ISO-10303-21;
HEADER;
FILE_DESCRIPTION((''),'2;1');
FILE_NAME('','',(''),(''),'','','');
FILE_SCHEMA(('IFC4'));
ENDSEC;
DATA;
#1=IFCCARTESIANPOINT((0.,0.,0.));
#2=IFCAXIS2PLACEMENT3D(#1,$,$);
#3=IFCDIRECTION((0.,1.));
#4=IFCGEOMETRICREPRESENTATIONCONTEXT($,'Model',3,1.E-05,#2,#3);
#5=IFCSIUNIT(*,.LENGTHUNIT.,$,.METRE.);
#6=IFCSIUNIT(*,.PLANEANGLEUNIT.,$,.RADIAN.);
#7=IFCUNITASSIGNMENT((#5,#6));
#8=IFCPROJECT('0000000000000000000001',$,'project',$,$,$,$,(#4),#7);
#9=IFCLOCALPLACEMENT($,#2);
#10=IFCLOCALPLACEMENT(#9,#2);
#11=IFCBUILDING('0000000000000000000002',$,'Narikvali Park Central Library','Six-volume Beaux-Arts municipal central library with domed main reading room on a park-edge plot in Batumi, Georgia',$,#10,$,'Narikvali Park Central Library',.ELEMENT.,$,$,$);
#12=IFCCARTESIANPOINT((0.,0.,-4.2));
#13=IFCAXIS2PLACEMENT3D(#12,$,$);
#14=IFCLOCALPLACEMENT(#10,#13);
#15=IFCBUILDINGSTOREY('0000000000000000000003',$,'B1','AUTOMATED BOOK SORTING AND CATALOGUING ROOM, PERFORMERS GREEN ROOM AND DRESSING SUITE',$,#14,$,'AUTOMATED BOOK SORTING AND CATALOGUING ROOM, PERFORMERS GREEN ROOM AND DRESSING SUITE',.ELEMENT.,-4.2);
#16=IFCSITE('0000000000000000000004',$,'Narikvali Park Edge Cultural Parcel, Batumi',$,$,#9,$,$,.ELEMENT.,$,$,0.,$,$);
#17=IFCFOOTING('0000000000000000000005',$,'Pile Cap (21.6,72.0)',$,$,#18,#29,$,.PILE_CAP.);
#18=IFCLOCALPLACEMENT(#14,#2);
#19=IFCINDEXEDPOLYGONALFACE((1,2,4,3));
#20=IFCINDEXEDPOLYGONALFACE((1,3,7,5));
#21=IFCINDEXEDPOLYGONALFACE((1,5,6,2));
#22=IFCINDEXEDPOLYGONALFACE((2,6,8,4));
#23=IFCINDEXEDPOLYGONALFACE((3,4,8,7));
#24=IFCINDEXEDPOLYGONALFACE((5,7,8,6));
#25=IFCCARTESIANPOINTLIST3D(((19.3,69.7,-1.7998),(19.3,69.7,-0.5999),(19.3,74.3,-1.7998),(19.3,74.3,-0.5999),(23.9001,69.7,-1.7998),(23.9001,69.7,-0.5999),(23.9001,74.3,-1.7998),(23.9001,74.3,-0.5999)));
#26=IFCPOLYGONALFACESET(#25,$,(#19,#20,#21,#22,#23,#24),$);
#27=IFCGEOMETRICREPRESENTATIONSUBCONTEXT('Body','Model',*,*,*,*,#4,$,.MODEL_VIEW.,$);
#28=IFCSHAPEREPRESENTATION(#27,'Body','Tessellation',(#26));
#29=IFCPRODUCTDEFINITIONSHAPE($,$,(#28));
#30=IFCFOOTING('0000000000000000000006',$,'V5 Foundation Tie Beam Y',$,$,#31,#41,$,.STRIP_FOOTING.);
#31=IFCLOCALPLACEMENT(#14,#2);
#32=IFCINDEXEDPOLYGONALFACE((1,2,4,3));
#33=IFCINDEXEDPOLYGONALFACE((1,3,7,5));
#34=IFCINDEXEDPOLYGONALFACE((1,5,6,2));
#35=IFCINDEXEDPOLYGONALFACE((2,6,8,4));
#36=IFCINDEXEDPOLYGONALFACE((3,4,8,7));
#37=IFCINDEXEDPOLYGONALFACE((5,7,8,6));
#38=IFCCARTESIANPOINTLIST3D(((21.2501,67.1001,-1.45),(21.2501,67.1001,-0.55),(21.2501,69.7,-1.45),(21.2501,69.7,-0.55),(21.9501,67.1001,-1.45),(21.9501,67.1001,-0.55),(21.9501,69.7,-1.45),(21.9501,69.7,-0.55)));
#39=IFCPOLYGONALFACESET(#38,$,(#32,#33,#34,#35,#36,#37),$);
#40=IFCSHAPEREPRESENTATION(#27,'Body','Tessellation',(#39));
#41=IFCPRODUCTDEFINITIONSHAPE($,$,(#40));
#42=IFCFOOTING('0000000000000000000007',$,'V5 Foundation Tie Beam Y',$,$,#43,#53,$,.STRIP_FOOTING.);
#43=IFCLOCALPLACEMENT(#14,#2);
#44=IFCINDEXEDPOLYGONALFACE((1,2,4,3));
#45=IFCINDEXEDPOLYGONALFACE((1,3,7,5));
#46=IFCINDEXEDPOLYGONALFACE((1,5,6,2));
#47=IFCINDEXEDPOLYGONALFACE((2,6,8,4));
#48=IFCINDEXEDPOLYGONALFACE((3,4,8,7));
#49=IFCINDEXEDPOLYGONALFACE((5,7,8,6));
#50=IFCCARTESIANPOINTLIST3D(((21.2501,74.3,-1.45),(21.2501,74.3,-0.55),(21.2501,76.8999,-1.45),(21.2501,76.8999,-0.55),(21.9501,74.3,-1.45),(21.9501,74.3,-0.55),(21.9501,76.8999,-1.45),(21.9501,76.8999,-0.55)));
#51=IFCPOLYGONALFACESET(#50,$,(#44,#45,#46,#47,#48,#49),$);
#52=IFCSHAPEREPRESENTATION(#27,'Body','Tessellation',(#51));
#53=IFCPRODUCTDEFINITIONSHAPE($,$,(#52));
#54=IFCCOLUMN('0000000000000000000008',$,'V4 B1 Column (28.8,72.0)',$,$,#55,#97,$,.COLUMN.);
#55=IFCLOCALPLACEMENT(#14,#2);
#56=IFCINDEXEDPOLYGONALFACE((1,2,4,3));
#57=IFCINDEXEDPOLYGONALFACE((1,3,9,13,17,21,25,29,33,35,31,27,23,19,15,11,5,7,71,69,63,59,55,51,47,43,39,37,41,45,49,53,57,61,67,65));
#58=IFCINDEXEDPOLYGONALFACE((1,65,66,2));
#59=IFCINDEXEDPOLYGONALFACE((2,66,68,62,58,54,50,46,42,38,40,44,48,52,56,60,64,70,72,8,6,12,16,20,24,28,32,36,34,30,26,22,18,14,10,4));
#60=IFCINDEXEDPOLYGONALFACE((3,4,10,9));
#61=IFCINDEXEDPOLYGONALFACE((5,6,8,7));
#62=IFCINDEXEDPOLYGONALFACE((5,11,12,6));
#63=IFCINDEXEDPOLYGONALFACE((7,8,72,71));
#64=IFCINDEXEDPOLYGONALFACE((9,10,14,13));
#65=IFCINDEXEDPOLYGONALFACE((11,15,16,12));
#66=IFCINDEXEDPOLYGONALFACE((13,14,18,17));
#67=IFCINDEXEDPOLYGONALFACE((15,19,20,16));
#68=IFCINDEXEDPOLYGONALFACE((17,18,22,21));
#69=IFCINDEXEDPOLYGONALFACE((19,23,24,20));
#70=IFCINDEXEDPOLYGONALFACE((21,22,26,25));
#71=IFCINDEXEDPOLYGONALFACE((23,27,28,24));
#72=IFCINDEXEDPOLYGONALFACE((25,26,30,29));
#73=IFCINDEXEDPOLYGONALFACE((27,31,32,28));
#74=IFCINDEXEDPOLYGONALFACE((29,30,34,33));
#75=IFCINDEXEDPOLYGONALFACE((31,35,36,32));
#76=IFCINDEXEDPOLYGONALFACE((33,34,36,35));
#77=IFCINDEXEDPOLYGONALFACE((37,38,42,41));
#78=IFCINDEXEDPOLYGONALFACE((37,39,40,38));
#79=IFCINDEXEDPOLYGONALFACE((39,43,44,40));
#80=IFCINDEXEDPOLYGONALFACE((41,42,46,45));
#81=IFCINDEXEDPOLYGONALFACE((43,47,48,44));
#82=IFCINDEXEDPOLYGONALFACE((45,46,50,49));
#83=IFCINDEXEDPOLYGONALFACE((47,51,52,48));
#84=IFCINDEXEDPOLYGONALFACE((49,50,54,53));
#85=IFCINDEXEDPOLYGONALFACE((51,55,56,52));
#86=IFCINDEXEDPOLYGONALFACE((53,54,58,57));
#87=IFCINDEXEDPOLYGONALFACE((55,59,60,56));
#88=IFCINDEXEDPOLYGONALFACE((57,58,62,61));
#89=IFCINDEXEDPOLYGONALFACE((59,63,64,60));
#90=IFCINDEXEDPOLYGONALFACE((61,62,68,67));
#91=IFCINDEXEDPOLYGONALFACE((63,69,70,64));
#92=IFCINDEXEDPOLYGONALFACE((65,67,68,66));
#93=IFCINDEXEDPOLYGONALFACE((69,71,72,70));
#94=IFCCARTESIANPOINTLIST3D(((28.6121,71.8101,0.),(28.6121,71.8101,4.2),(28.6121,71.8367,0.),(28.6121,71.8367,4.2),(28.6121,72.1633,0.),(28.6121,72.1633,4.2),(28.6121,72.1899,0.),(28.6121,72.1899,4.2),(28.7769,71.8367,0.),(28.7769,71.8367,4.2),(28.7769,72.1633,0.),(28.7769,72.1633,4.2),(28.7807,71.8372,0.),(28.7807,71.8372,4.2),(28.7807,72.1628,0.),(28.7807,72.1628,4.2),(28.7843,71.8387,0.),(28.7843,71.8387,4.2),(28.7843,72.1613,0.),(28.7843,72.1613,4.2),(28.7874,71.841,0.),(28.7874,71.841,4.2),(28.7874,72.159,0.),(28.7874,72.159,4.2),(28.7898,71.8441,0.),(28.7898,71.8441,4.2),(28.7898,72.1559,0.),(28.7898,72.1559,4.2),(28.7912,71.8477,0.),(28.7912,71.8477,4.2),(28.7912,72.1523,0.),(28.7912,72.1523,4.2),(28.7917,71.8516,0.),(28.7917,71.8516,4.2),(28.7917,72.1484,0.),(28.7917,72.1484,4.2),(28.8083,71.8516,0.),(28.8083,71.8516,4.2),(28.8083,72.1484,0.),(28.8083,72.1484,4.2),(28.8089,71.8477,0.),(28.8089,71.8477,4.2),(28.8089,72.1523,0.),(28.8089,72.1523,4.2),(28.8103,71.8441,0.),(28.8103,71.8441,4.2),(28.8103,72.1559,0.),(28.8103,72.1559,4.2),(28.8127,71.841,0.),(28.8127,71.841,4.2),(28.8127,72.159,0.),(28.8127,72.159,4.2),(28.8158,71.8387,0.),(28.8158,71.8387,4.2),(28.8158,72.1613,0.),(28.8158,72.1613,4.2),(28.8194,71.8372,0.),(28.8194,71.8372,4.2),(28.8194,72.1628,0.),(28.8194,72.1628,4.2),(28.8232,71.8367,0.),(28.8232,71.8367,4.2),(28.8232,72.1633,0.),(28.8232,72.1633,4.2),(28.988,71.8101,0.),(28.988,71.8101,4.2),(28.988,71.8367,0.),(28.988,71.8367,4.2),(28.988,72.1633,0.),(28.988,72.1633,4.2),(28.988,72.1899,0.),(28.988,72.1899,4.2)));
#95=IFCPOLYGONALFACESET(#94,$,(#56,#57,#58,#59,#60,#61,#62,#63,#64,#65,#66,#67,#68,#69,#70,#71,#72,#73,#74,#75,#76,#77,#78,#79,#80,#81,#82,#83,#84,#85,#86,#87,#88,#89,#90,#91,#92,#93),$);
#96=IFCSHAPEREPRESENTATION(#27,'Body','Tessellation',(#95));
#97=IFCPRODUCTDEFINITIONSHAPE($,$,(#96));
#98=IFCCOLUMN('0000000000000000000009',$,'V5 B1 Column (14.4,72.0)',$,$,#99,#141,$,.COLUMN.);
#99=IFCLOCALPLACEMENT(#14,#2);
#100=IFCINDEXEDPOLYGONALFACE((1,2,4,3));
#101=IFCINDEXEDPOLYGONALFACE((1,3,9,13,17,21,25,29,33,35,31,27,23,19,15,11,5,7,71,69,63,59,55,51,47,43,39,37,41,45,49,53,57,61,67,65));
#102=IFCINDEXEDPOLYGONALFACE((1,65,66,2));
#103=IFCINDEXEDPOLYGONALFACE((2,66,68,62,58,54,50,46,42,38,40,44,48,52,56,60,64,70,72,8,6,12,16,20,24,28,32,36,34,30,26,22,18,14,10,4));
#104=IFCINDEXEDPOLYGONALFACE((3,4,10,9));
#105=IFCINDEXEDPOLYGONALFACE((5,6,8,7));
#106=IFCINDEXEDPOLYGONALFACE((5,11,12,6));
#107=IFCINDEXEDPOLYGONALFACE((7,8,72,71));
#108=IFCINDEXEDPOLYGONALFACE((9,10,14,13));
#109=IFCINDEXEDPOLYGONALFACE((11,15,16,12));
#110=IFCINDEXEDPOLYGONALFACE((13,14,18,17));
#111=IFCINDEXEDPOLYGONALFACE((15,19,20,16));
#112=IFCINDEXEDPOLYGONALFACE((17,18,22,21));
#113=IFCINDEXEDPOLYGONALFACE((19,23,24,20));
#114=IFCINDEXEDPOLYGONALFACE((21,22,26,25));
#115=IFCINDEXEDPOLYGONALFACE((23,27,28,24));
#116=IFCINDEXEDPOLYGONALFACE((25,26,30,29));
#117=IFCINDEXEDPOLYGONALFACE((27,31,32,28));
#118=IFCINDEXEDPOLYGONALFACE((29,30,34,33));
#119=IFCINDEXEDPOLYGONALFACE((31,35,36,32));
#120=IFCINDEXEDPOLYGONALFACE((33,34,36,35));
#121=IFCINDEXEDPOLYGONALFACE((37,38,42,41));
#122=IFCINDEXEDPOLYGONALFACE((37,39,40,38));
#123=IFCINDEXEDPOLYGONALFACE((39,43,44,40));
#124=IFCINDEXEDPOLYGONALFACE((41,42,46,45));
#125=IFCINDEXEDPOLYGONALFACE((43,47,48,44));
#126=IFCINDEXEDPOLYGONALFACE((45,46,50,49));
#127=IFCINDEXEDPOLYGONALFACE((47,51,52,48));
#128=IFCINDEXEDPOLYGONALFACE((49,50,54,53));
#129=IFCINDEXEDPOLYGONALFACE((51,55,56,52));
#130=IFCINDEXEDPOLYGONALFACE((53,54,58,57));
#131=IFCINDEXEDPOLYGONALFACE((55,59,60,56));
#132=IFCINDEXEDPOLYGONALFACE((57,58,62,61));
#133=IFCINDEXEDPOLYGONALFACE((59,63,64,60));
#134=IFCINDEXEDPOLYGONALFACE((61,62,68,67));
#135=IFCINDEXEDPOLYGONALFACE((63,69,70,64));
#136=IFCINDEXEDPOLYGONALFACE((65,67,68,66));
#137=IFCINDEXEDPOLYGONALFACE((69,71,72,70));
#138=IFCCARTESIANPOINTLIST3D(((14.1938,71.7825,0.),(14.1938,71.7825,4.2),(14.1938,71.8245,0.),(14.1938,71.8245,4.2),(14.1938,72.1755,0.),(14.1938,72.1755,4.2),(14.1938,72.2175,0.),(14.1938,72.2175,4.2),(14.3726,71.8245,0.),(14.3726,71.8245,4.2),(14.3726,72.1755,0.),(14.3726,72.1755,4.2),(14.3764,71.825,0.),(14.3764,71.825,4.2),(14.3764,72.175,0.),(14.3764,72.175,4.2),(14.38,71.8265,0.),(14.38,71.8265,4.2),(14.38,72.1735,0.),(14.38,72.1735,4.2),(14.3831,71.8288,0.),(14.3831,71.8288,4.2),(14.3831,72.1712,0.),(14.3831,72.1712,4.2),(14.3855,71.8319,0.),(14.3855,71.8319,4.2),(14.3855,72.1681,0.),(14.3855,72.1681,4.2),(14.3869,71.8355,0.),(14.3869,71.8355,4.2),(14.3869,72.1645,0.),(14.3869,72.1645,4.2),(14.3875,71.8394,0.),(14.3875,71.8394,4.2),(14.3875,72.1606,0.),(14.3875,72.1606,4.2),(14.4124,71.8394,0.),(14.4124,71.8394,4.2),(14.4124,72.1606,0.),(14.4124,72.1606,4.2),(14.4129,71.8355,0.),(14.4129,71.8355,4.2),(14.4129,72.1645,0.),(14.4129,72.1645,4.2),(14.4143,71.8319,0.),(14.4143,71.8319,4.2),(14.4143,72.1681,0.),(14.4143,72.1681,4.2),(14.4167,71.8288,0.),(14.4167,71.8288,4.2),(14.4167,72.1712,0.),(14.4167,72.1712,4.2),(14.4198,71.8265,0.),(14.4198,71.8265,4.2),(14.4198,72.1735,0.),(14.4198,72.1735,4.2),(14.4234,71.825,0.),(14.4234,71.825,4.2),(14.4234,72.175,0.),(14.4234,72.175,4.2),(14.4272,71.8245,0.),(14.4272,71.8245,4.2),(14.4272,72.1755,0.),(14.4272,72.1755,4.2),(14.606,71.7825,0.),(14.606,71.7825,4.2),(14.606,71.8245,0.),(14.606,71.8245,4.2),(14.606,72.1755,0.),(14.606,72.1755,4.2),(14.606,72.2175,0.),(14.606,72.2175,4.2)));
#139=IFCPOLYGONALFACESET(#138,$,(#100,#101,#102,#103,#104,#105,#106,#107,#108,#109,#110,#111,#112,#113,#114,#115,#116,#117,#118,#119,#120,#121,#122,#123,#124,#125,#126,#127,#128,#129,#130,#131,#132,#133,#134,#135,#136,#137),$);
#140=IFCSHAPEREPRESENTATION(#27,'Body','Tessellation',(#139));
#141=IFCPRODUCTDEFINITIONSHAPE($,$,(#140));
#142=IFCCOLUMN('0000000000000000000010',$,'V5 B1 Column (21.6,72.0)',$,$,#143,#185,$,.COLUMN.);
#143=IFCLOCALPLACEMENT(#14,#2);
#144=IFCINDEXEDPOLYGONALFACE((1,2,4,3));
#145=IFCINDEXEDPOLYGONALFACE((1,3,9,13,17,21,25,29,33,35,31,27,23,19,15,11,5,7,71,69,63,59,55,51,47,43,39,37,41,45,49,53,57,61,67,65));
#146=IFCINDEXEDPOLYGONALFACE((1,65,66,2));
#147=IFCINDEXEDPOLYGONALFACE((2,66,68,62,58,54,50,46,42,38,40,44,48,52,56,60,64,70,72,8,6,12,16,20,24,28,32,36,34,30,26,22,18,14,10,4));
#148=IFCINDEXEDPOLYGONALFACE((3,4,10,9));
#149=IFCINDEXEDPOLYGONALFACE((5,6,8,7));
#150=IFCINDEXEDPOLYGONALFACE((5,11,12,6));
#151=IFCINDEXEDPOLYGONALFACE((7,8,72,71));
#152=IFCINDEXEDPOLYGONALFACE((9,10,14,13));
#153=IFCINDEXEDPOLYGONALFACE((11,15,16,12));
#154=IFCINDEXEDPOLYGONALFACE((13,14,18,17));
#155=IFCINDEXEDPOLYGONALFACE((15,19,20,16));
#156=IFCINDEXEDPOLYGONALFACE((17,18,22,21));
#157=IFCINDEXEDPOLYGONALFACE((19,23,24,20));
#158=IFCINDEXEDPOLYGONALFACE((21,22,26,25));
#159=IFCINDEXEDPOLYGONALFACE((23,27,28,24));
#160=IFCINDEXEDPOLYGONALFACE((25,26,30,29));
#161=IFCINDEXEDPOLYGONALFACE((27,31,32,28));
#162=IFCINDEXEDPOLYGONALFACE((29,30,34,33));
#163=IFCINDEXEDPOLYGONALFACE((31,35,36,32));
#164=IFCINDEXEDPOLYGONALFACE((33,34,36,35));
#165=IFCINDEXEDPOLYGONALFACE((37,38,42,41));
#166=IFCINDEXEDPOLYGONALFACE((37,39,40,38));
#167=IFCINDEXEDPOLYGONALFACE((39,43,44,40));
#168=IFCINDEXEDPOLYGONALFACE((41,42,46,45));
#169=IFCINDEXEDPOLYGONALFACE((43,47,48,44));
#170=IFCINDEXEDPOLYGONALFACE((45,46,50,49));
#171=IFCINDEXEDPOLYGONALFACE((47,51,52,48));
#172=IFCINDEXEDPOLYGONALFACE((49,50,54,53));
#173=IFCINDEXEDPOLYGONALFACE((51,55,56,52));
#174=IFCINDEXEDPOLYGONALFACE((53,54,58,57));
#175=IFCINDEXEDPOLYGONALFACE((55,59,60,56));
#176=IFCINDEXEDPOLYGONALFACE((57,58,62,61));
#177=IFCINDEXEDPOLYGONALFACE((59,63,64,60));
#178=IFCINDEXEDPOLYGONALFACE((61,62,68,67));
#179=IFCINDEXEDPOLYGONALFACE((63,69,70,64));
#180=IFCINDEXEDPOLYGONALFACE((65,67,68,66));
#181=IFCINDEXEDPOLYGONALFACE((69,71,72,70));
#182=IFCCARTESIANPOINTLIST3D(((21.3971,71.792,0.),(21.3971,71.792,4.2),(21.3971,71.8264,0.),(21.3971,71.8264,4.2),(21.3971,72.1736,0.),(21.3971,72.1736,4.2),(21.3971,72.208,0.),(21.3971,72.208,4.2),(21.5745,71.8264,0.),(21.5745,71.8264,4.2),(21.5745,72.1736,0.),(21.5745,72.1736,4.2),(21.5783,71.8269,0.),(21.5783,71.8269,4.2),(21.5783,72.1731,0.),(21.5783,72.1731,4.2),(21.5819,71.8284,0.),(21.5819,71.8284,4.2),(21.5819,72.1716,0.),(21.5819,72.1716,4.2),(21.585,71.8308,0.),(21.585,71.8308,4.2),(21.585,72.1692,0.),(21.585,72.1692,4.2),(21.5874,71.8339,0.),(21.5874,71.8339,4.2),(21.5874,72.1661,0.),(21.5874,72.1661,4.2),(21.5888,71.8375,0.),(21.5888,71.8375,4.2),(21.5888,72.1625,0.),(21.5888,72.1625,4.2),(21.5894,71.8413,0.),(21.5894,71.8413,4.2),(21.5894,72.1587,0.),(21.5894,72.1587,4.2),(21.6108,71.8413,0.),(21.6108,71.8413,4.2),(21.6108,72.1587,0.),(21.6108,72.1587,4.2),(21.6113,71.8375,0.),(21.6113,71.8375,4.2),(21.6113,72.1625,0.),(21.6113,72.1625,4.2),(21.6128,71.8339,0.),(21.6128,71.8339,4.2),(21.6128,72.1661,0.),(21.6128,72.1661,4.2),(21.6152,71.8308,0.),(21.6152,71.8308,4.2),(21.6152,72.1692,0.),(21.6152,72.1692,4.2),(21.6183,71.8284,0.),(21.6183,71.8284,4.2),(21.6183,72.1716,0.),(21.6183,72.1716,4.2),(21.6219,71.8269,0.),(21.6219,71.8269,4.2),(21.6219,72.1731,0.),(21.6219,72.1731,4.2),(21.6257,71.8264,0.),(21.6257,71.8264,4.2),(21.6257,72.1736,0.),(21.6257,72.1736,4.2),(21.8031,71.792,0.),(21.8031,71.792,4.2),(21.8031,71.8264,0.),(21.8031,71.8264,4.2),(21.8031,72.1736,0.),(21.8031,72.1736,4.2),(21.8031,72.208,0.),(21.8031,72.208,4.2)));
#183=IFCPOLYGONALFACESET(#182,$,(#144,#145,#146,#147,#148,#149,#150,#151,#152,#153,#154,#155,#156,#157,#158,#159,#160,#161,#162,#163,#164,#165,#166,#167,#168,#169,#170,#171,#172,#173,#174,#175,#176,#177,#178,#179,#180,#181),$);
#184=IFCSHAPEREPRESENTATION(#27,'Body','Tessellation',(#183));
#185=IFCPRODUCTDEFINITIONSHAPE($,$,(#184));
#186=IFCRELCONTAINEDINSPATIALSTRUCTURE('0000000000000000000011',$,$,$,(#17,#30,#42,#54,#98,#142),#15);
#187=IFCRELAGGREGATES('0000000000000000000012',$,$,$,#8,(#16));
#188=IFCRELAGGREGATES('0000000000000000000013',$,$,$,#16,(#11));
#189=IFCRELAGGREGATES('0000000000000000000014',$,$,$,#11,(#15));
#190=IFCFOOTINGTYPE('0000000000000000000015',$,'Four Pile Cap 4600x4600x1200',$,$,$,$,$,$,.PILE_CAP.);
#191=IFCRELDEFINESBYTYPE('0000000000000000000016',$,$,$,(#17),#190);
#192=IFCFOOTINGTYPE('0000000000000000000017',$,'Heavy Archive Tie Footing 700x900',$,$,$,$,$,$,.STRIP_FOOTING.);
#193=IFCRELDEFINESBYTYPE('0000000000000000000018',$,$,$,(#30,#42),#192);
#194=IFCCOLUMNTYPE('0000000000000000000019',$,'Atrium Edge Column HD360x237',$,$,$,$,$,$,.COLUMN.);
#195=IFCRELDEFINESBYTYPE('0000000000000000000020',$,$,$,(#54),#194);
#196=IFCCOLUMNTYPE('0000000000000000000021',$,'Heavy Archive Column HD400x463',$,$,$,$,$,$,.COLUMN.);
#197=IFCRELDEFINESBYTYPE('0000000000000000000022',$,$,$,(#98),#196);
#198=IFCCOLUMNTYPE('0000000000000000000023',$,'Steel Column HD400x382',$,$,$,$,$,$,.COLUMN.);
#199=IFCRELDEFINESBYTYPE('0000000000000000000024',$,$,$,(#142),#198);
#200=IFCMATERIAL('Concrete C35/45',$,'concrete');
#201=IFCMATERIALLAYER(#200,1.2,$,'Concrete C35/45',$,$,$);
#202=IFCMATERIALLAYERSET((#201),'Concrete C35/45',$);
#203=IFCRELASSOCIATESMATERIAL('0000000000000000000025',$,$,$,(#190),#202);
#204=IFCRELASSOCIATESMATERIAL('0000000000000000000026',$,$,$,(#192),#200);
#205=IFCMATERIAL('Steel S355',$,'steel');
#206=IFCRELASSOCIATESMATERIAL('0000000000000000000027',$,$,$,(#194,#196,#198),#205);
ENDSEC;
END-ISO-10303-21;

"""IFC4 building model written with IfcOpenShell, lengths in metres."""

from ifc_helpers import new_model, si_unit, direction, frame, origin, origin_2d, place, context, subcontext, project, spatial, rectangle, i_section, extrude, material, layer, layer_set, material_profile, profile_set, type_object, element, save


model = new_model("IFC4")

# Units and contexts
model_context = context("Model", 3, precision=1e-05, world=origin(), true_north=direction((0.0, 1.0)))
body_context = subcontext(model_context, "Body", "Model", "MODEL_VIEW")
ifc_project = project(units=[si_unit("LENGTHUNIT", "METRE"), si_unit("PLANEANGLEUNIT", "RADIAN")], contexts=[model_context])

# Site, building, storey
site_placement = place(None, origin())
site = spatial("IfcSite", under=ifc_project, at=site_placement, Name="Narikvali Park Edge Cultural Parcel, Batumi", CompositionType="ELEMENT", RefElevation=0.0)
building_placement = place(site_placement, origin())
building = spatial("IfcBuilding", under=site, at=building_placement, Name="Narikvali Park Central Library", Description="Six-volume Beaux-Arts municipal central library with domed main reading room on a park-edge plot in Batumi, Georgia", LongName="Narikvali Park Central Library", CompositionType="ELEMENT")
storey_placement = place(building_placement, frame((0.0, 0.0, -4.2)))
storey = spatial("IfcBuildingStorey", under=building, at=storey_placement, Name="B1", Description="AUTOMATED BOOK SORTING AND CATALOGUING ROOM, PERFORMERS GREEN ROOM AND DRESSING SUITE", LongName="AUTOMATED BOOK SORTING AND CATALOGUING ROOM, PERFORMERS GREEN ROOM AND DRESSING SUITE", CompositionType="ELEMENT", Elevation=-4.2)

# Shared definitions
ifc_material_1 = material(Name="Concrete C35/45", Category="concrete")

# Footings
ifc_layer_1 = layer(ifc_material_1, 1.2, Name="Concrete C35/45")
ifc_layer_set_1 = layer_set([ifc_layer_1], Name="Concrete C35/45")
footing_type_1 = type_object("IfcFootingType", Name="Four Pile Cap 4600x4600x1200", PredefinedType="PILE_CAP", material=ifc_layer_set_1)
for number, where, z_axis, x_axis, name in (
    (1, (21.6001, 72.0, -1.7998), (0.0, 0.0, 1.0), (1.0, 0.0, 0.0), "Pile Cap (21.6,72.0)"),
):
    element("IfcFooting", number, at=place(storey_placement, frame(where, z_axis=z_axis, x_axis=x_axis)), inside=storey, type_object=footing_type_1, Name=name, PredefinedType="PILE_CAP", context=body_context, shape_type="SweptSolid", body=[
        extrude(rectangle(XDim=4.6001, YDim=4.6001, at=origin_2d()), origin(), (0.0, 0.0, 1.0), 1.2),
    ])
ifc_material_profile_1 = material_profile(ifc_material_1, rectangle(XDim=0.7, YDim=0.8999, at=origin_2d()), Name="RC GB 700x900")
ifc_profile_set_1 = profile_set([ifc_material_profile_1], Name="Concrete C35/45")
footing_type_2 = type_object("IfcFootingType", Name="Heavy Archive Tie Footing 700x900", PredefinedType="STRIP_FOOTING", material=ifc_profile_set_1)
for number, where, z_axis, x_axis, name in (
    (2, (21.6001, 67.1001, -1.0), (0.0, 1.0, 0.0), (-1.0, 0.0, 0.0), "V5 Foundation Tie Beam Y"),
    (3, (21.6001, 74.3, -1.0), (0.0, 1.0, 0.0), (-1.0, 0.0, 0.0), "V5 Foundation Tie Beam Y"),
):
    element("IfcFooting", number, at=place(storey_placement, frame(where, z_axis=z_axis, x_axis=x_axis)), inside=storey, type_object=footing_type_2, Name=name, PredefinedType="STRIP_FOOTING", context=body_context, shape_type="SweptSolid", body=[
        extrude(rectangle(XDim=0.7, YDim=0.8999, at=origin_2d()), origin(), (0.0, 0.0, 1.0), 2.5999),
    ])

# Columns
ifc_material_2 = material(Name="Steel S355", Category="steel")
ifc_material_profile_2 = material_profile(ifc_material_2, i_section(OverallWidth=0.376, OverallDepth=0.3799, WebThickness=0.0166, FlangeThickness=0.0266, FilletRadius=0.0149, at=origin_2d()), Name="HD 360x237")
ifc_profile_set_2 = profile_set([ifc_material_profile_2], Name="Steel S355")
column_type_1 = type_object("IfcColumnType", Name="Atrium Edge Column HD360x237", PredefinedType="COLUMN", material=ifc_profile_set_2)
column_1_placement = place(storey_placement, frame((28.8, 72.0, 0.0), z_axis=(0.0, 0.0, 1.0), x_axis=(1.0, 0.0, 0.0)))
element("IfcColumn", 4, at=column_1_placement, inside=storey, type_object=column_type_1, Name="V4 B1 Column (28.8,72.0)", PredefinedType="COLUMN", context=body_context, shape_type="SweptSolid", body=[
    extrude(i_section(OverallWidth=0.376, OverallDepth=0.3799, WebThickness=0.0166, FlangeThickness=0.0266, FilletRadius=0.0149, at=origin_2d()), origin(), (0.0, 0.0, 1.0), 4.2),
])
ifc_material_profile_3 = material_profile(ifc_material_2, i_section(OverallWidth=0.4121, OverallDepth=0.4351, WebThickness=0.0249, FlangeThickness=0.042, FilletRadius=0.0149, at=origin_2d()), Name="HD 400x463")
ifc_profile_set_3 = profile_set([ifc_material_profile_3], Name="Steel S355")
column_type_2 = type_object("IfcColumnType", Name="Heavy Archive Column HD400x463", PredefinedType="COLUMN", material=ifc_profile_set_3)
column_2_placement = place(storey_placement, frame((14.3999, 72.0, 0.0), z_axis=(0.0, 0.0, 1.0), x_axis=(1.0, 0.0, 0.0)))
element("IfcColumn", 5, at=column_2_placement, inside=storey, type_object=column_type_2, Name="V5 B1 Column (14.4,72.0)", PredefinedType="COLUMN", context=body_context, shape_type="SweptSolid", body=[
    extrude(i_section(OverallWidth=0.4121, OverallDepth=0.4351, WebThickness=0.0249, FlangeThickness=0.042, FilletRadius=0.0149, at=origin_2d()), origin(), (0.0, 0.0, 1.0), 4.2),
])
ifc_material_profile_4 = material_profile(ifc_material_2, i_section(OverallWidth=0.406, OverallDepth=0.416, WebThickness=0.0215, FlangeThickness=0.0344, FilletRadius=0.0149, at=origin_2d()), Name="HD 400x382")
ifc_profile_set_4 = profile_set([ifc_material_profile_4], Name="Steel S355")
column_type_3 = type_object("IfcColumnType", Name="Steel Column HD400x382", PredefinedType="COLUMN", material=ifc_profile_set_4)
column_3_placement = place(storey_placement, frame((21.6001, 72.0, 0.0), z_axis=(0.0, 0.0, 1.0), x_axis=(1.0, 0.0, 0.0)))
element("IfcColumn", 6, at=column_3_placement, inside=storey, type_object=column_type_3, Name="V5 B1 Column (21.6,72.0)", PredefinedType="COLUMN", context=body_context, shape_type="SweptSolid", body=[
    extrude(i_section(OverallWidth=0.406, OverallDepth=0.416, WebThickness=0.0215, FlangeThickness=0.0344, FilletRadius=0.0149, at=origin_2d()), origin(), (0.0, 0.0, 1.0), 4.2),
])

save(model, "model.ifc")
